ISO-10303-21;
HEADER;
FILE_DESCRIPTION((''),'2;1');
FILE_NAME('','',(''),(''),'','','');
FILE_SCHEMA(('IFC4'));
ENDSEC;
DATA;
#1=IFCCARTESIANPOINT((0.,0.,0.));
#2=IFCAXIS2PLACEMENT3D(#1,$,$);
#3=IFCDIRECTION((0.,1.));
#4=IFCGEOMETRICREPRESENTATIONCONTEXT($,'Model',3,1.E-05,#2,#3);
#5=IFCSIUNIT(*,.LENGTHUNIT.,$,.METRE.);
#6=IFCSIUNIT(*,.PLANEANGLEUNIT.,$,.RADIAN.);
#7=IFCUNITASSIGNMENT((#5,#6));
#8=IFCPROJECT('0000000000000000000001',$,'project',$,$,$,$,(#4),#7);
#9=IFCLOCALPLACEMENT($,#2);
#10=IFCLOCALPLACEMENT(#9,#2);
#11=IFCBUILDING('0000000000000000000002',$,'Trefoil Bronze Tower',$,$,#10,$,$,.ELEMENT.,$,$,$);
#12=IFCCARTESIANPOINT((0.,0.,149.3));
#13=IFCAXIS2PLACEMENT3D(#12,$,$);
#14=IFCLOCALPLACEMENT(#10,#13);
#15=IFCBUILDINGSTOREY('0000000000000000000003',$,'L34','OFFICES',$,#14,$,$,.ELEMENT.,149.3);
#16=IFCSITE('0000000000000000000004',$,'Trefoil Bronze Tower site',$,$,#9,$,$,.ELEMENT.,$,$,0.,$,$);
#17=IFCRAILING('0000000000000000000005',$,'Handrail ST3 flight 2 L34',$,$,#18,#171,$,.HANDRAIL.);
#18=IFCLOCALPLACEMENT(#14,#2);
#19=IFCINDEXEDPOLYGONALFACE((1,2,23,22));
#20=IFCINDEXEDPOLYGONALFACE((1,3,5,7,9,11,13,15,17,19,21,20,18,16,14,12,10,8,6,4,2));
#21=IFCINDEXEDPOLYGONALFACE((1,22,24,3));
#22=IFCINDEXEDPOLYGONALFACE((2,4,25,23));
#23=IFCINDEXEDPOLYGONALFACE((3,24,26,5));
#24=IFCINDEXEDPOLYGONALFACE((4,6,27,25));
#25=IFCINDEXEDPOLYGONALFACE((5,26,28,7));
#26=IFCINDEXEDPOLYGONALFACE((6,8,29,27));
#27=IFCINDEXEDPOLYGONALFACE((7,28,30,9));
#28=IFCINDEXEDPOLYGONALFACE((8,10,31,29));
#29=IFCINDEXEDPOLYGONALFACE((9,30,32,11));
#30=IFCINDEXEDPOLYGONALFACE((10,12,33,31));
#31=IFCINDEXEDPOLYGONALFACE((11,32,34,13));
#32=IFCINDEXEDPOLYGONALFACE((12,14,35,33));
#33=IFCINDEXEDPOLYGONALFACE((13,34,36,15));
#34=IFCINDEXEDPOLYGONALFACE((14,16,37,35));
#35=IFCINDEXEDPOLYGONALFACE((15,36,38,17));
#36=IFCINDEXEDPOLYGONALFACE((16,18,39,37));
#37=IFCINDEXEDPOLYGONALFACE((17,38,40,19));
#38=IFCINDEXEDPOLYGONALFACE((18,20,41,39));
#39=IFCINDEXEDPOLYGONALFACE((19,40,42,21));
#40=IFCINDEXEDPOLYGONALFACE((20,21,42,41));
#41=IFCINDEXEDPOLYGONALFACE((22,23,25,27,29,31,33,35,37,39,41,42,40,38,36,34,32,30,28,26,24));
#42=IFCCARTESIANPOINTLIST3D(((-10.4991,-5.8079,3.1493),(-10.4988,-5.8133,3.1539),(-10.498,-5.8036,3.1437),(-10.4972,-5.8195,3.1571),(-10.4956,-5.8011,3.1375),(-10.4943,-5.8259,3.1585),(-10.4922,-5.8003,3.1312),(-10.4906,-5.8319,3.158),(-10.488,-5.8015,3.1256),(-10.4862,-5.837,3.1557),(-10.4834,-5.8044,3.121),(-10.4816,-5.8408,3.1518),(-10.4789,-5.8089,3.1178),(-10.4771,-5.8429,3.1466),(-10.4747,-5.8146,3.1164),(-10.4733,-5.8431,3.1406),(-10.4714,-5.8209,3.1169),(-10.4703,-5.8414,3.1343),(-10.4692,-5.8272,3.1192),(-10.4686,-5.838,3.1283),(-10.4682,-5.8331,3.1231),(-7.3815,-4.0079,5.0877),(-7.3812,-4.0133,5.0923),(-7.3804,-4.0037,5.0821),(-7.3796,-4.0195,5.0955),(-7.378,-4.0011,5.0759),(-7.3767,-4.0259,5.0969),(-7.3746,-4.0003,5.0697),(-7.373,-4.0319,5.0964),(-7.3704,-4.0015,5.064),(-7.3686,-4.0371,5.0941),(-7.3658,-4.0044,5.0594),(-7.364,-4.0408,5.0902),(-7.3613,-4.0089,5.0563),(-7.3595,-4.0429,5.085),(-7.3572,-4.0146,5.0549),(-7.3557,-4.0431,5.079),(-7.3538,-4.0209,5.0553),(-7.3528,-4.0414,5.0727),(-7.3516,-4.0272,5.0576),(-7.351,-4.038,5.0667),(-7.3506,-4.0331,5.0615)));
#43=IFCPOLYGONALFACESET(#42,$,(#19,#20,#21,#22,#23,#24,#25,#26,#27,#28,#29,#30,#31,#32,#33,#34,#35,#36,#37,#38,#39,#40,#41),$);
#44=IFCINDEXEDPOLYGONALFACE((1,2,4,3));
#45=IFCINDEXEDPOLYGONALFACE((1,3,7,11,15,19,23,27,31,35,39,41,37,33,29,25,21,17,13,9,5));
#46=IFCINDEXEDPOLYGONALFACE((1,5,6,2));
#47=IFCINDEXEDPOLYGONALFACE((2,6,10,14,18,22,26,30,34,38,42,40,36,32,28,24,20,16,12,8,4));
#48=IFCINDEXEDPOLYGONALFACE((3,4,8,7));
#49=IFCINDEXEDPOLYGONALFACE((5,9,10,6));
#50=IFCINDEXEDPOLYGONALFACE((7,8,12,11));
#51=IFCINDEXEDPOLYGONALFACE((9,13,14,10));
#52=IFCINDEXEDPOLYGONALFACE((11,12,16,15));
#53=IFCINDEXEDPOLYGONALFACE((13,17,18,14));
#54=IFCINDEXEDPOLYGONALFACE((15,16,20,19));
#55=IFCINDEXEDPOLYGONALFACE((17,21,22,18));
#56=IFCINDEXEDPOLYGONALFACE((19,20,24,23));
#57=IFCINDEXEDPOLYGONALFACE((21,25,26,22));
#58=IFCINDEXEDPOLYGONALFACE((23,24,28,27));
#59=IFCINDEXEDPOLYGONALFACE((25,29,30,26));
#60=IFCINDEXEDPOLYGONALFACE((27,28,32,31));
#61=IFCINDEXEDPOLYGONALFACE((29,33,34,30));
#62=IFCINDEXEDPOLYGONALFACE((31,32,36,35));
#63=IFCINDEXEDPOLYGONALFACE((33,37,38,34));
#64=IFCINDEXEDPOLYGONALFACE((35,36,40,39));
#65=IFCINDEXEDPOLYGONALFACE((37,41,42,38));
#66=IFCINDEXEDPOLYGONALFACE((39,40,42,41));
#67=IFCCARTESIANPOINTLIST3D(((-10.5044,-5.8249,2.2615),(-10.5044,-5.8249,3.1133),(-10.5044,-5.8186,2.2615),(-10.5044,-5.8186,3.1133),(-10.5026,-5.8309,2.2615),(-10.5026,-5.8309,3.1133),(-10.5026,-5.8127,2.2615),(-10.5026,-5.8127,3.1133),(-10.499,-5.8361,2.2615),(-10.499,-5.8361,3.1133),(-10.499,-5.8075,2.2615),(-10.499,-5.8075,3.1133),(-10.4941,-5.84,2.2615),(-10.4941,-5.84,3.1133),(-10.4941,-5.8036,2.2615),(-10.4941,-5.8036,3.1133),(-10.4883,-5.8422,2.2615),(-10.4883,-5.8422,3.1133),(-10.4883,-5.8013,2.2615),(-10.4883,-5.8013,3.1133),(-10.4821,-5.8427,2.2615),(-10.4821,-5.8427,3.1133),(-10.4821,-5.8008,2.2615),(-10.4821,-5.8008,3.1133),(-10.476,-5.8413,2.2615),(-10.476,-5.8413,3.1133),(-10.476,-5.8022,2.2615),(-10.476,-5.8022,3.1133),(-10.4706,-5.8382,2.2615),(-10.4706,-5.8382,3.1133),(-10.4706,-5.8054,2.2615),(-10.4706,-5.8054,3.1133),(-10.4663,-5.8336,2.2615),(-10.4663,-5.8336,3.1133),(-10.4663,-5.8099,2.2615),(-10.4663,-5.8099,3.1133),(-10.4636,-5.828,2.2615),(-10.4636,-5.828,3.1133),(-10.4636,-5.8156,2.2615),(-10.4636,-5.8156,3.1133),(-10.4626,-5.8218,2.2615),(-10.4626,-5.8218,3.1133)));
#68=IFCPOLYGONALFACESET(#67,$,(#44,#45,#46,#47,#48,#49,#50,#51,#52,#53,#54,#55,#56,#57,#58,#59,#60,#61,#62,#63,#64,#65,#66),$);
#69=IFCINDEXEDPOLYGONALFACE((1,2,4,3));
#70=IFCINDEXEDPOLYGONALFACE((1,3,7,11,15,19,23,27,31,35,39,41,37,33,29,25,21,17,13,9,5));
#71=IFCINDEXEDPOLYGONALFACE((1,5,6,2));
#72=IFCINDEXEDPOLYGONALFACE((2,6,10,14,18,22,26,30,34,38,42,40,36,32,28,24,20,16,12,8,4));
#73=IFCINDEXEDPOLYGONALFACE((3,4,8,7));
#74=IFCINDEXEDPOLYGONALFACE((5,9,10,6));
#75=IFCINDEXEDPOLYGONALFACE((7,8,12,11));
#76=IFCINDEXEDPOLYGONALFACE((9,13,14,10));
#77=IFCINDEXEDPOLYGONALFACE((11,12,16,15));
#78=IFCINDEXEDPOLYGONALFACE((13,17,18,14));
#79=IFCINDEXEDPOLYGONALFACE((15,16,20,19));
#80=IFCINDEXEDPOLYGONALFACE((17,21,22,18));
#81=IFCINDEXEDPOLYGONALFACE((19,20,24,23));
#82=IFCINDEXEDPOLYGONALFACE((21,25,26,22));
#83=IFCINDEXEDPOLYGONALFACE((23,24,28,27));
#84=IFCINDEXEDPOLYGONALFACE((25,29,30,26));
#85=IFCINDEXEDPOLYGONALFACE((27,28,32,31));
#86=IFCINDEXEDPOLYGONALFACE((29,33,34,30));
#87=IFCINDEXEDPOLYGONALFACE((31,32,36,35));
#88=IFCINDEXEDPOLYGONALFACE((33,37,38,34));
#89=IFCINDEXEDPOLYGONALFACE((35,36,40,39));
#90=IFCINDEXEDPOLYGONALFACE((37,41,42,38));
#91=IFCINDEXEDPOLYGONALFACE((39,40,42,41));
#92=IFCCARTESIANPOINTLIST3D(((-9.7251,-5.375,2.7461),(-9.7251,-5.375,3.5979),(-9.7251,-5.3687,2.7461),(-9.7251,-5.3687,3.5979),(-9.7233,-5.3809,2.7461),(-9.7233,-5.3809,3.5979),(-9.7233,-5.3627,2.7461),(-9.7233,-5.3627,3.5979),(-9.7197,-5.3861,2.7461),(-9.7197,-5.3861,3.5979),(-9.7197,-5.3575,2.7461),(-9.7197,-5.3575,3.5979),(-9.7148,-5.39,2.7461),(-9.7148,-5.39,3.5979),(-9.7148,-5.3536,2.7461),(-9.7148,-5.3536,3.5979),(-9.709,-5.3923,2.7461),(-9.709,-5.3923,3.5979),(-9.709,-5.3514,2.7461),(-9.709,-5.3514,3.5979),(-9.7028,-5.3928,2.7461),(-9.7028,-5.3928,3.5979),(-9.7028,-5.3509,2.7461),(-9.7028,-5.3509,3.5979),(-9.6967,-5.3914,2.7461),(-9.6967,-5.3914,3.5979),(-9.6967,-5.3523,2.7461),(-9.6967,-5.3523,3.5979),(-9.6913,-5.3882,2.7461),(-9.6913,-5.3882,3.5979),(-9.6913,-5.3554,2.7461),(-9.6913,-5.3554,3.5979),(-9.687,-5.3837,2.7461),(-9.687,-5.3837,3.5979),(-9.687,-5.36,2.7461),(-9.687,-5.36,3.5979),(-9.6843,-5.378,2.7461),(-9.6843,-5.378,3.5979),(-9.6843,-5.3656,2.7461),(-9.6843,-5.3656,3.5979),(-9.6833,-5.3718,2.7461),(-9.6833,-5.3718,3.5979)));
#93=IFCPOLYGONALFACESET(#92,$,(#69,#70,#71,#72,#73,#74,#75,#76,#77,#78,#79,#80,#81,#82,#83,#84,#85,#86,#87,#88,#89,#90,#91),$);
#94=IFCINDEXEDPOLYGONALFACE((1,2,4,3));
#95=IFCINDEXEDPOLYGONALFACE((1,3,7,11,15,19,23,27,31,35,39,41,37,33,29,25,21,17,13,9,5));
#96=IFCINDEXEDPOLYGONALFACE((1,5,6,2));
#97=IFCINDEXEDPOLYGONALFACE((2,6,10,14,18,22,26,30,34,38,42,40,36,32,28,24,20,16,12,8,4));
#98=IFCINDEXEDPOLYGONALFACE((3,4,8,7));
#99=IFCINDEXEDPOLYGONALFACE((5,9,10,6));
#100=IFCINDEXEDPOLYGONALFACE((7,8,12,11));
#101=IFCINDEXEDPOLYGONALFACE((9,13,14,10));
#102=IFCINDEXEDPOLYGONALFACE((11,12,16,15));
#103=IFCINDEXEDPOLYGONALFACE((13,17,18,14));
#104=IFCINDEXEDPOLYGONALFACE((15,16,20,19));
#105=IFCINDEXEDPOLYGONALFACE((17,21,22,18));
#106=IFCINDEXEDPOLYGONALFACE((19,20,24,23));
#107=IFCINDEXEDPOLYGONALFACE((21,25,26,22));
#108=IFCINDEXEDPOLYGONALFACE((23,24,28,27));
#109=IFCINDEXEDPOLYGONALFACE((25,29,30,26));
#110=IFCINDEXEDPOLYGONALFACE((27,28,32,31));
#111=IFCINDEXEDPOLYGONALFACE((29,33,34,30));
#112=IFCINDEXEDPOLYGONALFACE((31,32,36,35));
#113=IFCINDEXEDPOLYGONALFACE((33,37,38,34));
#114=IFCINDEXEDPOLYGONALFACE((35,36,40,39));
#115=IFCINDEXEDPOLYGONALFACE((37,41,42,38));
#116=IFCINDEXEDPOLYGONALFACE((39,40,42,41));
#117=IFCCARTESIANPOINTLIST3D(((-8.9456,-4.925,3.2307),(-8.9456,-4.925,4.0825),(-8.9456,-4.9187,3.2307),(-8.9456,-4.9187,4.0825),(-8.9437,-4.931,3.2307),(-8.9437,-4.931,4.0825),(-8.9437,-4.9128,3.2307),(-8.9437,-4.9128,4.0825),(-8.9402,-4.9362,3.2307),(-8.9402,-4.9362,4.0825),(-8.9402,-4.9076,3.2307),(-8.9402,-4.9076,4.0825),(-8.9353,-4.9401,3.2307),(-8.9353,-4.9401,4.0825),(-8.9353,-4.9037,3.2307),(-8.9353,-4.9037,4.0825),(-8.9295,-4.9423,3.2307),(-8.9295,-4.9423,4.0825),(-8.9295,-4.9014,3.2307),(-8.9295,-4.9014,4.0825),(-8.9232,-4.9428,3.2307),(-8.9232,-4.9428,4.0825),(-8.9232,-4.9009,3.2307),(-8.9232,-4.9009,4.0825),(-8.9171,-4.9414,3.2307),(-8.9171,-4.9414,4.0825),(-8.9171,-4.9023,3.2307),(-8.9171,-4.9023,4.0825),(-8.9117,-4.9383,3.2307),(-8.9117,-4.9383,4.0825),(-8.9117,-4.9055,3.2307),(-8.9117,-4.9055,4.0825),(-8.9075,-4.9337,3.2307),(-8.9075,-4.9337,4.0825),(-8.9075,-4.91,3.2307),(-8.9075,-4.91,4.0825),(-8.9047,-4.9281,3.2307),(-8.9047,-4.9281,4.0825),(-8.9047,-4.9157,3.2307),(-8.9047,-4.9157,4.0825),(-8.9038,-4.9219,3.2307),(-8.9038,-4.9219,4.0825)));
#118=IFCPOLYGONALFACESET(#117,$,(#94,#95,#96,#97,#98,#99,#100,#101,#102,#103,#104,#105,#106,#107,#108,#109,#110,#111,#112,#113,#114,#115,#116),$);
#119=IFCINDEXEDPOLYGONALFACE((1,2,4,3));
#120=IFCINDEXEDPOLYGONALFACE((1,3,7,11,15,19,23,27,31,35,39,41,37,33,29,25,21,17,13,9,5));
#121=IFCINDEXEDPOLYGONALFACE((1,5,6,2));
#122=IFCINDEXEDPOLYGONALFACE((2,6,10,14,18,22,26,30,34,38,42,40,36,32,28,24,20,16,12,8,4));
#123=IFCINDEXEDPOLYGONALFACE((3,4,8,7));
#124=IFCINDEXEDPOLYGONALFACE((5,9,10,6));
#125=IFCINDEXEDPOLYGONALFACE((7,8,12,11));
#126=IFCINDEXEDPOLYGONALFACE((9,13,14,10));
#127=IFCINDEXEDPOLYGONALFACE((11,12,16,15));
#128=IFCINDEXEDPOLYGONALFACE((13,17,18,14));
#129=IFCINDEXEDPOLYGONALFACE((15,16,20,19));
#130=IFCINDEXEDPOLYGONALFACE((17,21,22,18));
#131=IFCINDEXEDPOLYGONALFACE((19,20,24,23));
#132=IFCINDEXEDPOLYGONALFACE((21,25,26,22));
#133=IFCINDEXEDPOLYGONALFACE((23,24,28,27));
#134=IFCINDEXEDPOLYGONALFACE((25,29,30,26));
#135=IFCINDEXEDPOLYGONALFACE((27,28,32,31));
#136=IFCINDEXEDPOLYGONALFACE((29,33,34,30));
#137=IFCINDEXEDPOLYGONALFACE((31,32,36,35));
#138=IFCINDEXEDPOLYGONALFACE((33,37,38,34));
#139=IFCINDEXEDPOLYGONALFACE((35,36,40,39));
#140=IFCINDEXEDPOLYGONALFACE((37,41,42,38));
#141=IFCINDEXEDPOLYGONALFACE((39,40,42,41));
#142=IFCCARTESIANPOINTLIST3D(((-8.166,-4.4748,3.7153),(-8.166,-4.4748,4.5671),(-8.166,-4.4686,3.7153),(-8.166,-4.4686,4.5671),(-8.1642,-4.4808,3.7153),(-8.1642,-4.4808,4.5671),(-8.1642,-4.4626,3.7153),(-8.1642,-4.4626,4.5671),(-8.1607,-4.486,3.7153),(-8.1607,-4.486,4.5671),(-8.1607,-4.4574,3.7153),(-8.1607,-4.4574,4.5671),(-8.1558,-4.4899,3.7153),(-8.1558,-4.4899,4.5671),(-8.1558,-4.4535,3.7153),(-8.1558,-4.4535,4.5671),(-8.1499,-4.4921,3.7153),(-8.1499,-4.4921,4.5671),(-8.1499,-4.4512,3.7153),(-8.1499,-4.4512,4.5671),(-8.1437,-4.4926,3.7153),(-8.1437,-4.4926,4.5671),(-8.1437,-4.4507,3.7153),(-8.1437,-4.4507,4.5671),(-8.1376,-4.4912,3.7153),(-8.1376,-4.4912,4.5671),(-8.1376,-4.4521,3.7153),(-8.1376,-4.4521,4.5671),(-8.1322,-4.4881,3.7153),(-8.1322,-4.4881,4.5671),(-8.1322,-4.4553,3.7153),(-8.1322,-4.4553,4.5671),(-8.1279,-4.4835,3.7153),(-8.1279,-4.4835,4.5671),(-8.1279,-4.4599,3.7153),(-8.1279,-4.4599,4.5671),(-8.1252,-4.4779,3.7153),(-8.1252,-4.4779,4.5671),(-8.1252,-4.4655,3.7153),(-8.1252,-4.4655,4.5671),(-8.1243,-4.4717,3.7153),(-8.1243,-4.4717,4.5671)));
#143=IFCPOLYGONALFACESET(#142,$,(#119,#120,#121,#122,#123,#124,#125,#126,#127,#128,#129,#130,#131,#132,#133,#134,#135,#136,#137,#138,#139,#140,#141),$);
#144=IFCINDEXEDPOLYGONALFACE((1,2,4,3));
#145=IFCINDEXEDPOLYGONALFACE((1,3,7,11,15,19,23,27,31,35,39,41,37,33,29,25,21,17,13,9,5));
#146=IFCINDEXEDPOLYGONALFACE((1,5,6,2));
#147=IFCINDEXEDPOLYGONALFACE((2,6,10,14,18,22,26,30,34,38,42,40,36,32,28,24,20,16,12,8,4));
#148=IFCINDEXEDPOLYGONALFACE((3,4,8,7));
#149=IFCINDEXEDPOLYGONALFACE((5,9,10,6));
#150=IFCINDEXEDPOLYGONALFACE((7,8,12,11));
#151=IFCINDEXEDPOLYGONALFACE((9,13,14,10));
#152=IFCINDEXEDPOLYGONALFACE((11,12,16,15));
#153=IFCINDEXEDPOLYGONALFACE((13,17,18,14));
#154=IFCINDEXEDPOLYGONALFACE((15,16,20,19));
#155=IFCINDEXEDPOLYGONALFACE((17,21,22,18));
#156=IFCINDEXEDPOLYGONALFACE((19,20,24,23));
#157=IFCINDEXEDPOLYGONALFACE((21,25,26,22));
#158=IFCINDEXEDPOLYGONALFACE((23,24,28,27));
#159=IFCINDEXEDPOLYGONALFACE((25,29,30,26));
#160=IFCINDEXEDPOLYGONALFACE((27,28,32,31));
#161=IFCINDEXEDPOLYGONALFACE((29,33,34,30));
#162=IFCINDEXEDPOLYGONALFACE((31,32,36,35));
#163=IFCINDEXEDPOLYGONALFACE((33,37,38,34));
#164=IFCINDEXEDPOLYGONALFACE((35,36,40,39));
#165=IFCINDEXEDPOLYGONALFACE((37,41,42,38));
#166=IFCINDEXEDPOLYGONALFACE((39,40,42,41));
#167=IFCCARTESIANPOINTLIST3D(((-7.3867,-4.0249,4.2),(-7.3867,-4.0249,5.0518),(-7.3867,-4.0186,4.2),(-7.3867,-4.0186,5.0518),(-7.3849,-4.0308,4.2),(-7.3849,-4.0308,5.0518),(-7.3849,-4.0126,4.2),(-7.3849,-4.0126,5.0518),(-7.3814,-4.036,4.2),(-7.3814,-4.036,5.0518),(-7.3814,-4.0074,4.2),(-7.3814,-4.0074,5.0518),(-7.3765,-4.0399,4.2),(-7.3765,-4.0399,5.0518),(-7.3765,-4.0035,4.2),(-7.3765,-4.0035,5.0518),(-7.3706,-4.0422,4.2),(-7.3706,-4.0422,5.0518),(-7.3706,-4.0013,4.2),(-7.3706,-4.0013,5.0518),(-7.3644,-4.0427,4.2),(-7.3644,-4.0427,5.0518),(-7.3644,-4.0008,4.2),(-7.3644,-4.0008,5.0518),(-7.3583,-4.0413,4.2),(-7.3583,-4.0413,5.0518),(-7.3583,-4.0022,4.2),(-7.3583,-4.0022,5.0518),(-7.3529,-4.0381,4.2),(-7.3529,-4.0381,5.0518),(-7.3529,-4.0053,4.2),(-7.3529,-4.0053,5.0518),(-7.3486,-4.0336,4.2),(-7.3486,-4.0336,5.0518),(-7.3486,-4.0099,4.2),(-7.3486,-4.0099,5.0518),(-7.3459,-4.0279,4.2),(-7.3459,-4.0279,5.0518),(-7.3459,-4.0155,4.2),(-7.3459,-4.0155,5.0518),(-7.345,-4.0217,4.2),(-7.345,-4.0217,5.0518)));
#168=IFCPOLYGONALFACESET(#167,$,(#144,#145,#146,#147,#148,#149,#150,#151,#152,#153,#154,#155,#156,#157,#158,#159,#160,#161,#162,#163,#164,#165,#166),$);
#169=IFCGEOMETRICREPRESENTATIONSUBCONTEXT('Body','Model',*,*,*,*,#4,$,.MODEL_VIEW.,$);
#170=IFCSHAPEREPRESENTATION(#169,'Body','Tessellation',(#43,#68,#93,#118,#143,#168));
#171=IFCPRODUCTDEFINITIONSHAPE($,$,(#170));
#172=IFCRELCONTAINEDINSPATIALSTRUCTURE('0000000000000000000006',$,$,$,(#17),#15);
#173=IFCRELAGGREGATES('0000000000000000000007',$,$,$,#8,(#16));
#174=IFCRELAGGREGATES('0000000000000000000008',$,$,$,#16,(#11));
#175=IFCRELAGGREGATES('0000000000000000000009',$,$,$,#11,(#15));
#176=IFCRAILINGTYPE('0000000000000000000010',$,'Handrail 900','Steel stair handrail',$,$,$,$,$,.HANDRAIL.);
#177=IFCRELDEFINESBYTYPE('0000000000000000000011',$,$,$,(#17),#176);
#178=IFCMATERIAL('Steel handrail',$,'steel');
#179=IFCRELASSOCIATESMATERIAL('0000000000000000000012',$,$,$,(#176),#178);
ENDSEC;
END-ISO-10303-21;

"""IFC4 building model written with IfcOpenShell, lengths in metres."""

from ifc_helpers import new_model, si_unit, direction, frame, origin, origin_2d, place, context, subcontext, project, spatial, circle, extrude, material, type_object, element, save


model = new_model("IFC4")

# Units and contexts
model_context = context("Model", 3, precision=1e-05, world=origin(), true_north=direction((0.0, 1.0)))
body_context = subcontext(model_context, "Body", "Model", "MODEL_VIEW")
ifc_project = project(units=[si_unit("LENGTHUNIT", "METRE"), si_unit("PLANEANGLEUNIT", "RADIAN")], contexts=[model_context])

# Site, building, storey
site_placement = place(None, origin())
site = spatial("IfcSite", under=ifc_project, at=site_placement, Name="Trefoil Bronze Tower site", CompositionType="ELEMENT", RefElevation=0.0)
building_placement = place(site_placement, origin())
building = spatial("IfcBuilding", under=site, at=building_placement, Name="Trefoil Bronze Tower", CompositionType="ELEMENT")
storey_placement = place(building_placement, frame((0.0, 0.0, 149.3)))
storey = spatial("IfcBuildingStorey", under=building, at=storey_placement, Name="L34", Description="OFFICES", CompositionType="ELEMENT", Elevation=149.3)

# Railing
ifc_material_1 = material(Name="Steel handrail", Category="steel")
railing_type = type_object("IfcRailingType", Name="Handrail 900", Description="Steel stair handrail", PredefinedType="HANDRAIL", material=ifc_material_1)
railing_1_placement = place(storey_placement, frame((-10.4836, -5.8218, 2.2615)))
element("IfcRailing", 1, at=railing_1_placement, inside=storey, type_object=railing_type, Name="Handrail ST3 flight 2 L34", PredefinedType="HANDRAIL", context=body_context, shape_type="SweptSolid", body=[
    extrude(circle(Radius=0.0239, at=origin_2d()), frame((0.0, 0.0, 0.876), z_axis=(0.762503, 0.440246, 0.474102), x_axis=(-0.500012, 0.866018, 0.0)), (0.0, 0.0, 1.0), 4.0886),
    extrude(circle(Radius=0.021, at=origin_2d()), origin(), (0.0, 0.0, 1.0), 0.8518),
    extrude(circle(Radius=0.021, at=origin_2d()), frame((0.7793, 0.45, 0.4846)), (0.0, 0.0, 1.0), 0.8518),
    extrude(circle(Radius=0.021, at=origin_2d()), frame((1.5588, 0.8999, 0.9692)), (0.0, 0.0, 1.0), 0.8518),
    extrude(circle(Radius=0.021, at=origin_2d()), frame((2.3384, 1.3501, 1.4539)), (0.0, 0.0, 1.0), 0.8518),
    extrude(circle(Radius=0.021, at=origin_2d()), frame((3.1177, 1.8, 1.9385)), (0.0, 0.0, 1.0), 0.8518),
])

save(model, "model.ifc")
